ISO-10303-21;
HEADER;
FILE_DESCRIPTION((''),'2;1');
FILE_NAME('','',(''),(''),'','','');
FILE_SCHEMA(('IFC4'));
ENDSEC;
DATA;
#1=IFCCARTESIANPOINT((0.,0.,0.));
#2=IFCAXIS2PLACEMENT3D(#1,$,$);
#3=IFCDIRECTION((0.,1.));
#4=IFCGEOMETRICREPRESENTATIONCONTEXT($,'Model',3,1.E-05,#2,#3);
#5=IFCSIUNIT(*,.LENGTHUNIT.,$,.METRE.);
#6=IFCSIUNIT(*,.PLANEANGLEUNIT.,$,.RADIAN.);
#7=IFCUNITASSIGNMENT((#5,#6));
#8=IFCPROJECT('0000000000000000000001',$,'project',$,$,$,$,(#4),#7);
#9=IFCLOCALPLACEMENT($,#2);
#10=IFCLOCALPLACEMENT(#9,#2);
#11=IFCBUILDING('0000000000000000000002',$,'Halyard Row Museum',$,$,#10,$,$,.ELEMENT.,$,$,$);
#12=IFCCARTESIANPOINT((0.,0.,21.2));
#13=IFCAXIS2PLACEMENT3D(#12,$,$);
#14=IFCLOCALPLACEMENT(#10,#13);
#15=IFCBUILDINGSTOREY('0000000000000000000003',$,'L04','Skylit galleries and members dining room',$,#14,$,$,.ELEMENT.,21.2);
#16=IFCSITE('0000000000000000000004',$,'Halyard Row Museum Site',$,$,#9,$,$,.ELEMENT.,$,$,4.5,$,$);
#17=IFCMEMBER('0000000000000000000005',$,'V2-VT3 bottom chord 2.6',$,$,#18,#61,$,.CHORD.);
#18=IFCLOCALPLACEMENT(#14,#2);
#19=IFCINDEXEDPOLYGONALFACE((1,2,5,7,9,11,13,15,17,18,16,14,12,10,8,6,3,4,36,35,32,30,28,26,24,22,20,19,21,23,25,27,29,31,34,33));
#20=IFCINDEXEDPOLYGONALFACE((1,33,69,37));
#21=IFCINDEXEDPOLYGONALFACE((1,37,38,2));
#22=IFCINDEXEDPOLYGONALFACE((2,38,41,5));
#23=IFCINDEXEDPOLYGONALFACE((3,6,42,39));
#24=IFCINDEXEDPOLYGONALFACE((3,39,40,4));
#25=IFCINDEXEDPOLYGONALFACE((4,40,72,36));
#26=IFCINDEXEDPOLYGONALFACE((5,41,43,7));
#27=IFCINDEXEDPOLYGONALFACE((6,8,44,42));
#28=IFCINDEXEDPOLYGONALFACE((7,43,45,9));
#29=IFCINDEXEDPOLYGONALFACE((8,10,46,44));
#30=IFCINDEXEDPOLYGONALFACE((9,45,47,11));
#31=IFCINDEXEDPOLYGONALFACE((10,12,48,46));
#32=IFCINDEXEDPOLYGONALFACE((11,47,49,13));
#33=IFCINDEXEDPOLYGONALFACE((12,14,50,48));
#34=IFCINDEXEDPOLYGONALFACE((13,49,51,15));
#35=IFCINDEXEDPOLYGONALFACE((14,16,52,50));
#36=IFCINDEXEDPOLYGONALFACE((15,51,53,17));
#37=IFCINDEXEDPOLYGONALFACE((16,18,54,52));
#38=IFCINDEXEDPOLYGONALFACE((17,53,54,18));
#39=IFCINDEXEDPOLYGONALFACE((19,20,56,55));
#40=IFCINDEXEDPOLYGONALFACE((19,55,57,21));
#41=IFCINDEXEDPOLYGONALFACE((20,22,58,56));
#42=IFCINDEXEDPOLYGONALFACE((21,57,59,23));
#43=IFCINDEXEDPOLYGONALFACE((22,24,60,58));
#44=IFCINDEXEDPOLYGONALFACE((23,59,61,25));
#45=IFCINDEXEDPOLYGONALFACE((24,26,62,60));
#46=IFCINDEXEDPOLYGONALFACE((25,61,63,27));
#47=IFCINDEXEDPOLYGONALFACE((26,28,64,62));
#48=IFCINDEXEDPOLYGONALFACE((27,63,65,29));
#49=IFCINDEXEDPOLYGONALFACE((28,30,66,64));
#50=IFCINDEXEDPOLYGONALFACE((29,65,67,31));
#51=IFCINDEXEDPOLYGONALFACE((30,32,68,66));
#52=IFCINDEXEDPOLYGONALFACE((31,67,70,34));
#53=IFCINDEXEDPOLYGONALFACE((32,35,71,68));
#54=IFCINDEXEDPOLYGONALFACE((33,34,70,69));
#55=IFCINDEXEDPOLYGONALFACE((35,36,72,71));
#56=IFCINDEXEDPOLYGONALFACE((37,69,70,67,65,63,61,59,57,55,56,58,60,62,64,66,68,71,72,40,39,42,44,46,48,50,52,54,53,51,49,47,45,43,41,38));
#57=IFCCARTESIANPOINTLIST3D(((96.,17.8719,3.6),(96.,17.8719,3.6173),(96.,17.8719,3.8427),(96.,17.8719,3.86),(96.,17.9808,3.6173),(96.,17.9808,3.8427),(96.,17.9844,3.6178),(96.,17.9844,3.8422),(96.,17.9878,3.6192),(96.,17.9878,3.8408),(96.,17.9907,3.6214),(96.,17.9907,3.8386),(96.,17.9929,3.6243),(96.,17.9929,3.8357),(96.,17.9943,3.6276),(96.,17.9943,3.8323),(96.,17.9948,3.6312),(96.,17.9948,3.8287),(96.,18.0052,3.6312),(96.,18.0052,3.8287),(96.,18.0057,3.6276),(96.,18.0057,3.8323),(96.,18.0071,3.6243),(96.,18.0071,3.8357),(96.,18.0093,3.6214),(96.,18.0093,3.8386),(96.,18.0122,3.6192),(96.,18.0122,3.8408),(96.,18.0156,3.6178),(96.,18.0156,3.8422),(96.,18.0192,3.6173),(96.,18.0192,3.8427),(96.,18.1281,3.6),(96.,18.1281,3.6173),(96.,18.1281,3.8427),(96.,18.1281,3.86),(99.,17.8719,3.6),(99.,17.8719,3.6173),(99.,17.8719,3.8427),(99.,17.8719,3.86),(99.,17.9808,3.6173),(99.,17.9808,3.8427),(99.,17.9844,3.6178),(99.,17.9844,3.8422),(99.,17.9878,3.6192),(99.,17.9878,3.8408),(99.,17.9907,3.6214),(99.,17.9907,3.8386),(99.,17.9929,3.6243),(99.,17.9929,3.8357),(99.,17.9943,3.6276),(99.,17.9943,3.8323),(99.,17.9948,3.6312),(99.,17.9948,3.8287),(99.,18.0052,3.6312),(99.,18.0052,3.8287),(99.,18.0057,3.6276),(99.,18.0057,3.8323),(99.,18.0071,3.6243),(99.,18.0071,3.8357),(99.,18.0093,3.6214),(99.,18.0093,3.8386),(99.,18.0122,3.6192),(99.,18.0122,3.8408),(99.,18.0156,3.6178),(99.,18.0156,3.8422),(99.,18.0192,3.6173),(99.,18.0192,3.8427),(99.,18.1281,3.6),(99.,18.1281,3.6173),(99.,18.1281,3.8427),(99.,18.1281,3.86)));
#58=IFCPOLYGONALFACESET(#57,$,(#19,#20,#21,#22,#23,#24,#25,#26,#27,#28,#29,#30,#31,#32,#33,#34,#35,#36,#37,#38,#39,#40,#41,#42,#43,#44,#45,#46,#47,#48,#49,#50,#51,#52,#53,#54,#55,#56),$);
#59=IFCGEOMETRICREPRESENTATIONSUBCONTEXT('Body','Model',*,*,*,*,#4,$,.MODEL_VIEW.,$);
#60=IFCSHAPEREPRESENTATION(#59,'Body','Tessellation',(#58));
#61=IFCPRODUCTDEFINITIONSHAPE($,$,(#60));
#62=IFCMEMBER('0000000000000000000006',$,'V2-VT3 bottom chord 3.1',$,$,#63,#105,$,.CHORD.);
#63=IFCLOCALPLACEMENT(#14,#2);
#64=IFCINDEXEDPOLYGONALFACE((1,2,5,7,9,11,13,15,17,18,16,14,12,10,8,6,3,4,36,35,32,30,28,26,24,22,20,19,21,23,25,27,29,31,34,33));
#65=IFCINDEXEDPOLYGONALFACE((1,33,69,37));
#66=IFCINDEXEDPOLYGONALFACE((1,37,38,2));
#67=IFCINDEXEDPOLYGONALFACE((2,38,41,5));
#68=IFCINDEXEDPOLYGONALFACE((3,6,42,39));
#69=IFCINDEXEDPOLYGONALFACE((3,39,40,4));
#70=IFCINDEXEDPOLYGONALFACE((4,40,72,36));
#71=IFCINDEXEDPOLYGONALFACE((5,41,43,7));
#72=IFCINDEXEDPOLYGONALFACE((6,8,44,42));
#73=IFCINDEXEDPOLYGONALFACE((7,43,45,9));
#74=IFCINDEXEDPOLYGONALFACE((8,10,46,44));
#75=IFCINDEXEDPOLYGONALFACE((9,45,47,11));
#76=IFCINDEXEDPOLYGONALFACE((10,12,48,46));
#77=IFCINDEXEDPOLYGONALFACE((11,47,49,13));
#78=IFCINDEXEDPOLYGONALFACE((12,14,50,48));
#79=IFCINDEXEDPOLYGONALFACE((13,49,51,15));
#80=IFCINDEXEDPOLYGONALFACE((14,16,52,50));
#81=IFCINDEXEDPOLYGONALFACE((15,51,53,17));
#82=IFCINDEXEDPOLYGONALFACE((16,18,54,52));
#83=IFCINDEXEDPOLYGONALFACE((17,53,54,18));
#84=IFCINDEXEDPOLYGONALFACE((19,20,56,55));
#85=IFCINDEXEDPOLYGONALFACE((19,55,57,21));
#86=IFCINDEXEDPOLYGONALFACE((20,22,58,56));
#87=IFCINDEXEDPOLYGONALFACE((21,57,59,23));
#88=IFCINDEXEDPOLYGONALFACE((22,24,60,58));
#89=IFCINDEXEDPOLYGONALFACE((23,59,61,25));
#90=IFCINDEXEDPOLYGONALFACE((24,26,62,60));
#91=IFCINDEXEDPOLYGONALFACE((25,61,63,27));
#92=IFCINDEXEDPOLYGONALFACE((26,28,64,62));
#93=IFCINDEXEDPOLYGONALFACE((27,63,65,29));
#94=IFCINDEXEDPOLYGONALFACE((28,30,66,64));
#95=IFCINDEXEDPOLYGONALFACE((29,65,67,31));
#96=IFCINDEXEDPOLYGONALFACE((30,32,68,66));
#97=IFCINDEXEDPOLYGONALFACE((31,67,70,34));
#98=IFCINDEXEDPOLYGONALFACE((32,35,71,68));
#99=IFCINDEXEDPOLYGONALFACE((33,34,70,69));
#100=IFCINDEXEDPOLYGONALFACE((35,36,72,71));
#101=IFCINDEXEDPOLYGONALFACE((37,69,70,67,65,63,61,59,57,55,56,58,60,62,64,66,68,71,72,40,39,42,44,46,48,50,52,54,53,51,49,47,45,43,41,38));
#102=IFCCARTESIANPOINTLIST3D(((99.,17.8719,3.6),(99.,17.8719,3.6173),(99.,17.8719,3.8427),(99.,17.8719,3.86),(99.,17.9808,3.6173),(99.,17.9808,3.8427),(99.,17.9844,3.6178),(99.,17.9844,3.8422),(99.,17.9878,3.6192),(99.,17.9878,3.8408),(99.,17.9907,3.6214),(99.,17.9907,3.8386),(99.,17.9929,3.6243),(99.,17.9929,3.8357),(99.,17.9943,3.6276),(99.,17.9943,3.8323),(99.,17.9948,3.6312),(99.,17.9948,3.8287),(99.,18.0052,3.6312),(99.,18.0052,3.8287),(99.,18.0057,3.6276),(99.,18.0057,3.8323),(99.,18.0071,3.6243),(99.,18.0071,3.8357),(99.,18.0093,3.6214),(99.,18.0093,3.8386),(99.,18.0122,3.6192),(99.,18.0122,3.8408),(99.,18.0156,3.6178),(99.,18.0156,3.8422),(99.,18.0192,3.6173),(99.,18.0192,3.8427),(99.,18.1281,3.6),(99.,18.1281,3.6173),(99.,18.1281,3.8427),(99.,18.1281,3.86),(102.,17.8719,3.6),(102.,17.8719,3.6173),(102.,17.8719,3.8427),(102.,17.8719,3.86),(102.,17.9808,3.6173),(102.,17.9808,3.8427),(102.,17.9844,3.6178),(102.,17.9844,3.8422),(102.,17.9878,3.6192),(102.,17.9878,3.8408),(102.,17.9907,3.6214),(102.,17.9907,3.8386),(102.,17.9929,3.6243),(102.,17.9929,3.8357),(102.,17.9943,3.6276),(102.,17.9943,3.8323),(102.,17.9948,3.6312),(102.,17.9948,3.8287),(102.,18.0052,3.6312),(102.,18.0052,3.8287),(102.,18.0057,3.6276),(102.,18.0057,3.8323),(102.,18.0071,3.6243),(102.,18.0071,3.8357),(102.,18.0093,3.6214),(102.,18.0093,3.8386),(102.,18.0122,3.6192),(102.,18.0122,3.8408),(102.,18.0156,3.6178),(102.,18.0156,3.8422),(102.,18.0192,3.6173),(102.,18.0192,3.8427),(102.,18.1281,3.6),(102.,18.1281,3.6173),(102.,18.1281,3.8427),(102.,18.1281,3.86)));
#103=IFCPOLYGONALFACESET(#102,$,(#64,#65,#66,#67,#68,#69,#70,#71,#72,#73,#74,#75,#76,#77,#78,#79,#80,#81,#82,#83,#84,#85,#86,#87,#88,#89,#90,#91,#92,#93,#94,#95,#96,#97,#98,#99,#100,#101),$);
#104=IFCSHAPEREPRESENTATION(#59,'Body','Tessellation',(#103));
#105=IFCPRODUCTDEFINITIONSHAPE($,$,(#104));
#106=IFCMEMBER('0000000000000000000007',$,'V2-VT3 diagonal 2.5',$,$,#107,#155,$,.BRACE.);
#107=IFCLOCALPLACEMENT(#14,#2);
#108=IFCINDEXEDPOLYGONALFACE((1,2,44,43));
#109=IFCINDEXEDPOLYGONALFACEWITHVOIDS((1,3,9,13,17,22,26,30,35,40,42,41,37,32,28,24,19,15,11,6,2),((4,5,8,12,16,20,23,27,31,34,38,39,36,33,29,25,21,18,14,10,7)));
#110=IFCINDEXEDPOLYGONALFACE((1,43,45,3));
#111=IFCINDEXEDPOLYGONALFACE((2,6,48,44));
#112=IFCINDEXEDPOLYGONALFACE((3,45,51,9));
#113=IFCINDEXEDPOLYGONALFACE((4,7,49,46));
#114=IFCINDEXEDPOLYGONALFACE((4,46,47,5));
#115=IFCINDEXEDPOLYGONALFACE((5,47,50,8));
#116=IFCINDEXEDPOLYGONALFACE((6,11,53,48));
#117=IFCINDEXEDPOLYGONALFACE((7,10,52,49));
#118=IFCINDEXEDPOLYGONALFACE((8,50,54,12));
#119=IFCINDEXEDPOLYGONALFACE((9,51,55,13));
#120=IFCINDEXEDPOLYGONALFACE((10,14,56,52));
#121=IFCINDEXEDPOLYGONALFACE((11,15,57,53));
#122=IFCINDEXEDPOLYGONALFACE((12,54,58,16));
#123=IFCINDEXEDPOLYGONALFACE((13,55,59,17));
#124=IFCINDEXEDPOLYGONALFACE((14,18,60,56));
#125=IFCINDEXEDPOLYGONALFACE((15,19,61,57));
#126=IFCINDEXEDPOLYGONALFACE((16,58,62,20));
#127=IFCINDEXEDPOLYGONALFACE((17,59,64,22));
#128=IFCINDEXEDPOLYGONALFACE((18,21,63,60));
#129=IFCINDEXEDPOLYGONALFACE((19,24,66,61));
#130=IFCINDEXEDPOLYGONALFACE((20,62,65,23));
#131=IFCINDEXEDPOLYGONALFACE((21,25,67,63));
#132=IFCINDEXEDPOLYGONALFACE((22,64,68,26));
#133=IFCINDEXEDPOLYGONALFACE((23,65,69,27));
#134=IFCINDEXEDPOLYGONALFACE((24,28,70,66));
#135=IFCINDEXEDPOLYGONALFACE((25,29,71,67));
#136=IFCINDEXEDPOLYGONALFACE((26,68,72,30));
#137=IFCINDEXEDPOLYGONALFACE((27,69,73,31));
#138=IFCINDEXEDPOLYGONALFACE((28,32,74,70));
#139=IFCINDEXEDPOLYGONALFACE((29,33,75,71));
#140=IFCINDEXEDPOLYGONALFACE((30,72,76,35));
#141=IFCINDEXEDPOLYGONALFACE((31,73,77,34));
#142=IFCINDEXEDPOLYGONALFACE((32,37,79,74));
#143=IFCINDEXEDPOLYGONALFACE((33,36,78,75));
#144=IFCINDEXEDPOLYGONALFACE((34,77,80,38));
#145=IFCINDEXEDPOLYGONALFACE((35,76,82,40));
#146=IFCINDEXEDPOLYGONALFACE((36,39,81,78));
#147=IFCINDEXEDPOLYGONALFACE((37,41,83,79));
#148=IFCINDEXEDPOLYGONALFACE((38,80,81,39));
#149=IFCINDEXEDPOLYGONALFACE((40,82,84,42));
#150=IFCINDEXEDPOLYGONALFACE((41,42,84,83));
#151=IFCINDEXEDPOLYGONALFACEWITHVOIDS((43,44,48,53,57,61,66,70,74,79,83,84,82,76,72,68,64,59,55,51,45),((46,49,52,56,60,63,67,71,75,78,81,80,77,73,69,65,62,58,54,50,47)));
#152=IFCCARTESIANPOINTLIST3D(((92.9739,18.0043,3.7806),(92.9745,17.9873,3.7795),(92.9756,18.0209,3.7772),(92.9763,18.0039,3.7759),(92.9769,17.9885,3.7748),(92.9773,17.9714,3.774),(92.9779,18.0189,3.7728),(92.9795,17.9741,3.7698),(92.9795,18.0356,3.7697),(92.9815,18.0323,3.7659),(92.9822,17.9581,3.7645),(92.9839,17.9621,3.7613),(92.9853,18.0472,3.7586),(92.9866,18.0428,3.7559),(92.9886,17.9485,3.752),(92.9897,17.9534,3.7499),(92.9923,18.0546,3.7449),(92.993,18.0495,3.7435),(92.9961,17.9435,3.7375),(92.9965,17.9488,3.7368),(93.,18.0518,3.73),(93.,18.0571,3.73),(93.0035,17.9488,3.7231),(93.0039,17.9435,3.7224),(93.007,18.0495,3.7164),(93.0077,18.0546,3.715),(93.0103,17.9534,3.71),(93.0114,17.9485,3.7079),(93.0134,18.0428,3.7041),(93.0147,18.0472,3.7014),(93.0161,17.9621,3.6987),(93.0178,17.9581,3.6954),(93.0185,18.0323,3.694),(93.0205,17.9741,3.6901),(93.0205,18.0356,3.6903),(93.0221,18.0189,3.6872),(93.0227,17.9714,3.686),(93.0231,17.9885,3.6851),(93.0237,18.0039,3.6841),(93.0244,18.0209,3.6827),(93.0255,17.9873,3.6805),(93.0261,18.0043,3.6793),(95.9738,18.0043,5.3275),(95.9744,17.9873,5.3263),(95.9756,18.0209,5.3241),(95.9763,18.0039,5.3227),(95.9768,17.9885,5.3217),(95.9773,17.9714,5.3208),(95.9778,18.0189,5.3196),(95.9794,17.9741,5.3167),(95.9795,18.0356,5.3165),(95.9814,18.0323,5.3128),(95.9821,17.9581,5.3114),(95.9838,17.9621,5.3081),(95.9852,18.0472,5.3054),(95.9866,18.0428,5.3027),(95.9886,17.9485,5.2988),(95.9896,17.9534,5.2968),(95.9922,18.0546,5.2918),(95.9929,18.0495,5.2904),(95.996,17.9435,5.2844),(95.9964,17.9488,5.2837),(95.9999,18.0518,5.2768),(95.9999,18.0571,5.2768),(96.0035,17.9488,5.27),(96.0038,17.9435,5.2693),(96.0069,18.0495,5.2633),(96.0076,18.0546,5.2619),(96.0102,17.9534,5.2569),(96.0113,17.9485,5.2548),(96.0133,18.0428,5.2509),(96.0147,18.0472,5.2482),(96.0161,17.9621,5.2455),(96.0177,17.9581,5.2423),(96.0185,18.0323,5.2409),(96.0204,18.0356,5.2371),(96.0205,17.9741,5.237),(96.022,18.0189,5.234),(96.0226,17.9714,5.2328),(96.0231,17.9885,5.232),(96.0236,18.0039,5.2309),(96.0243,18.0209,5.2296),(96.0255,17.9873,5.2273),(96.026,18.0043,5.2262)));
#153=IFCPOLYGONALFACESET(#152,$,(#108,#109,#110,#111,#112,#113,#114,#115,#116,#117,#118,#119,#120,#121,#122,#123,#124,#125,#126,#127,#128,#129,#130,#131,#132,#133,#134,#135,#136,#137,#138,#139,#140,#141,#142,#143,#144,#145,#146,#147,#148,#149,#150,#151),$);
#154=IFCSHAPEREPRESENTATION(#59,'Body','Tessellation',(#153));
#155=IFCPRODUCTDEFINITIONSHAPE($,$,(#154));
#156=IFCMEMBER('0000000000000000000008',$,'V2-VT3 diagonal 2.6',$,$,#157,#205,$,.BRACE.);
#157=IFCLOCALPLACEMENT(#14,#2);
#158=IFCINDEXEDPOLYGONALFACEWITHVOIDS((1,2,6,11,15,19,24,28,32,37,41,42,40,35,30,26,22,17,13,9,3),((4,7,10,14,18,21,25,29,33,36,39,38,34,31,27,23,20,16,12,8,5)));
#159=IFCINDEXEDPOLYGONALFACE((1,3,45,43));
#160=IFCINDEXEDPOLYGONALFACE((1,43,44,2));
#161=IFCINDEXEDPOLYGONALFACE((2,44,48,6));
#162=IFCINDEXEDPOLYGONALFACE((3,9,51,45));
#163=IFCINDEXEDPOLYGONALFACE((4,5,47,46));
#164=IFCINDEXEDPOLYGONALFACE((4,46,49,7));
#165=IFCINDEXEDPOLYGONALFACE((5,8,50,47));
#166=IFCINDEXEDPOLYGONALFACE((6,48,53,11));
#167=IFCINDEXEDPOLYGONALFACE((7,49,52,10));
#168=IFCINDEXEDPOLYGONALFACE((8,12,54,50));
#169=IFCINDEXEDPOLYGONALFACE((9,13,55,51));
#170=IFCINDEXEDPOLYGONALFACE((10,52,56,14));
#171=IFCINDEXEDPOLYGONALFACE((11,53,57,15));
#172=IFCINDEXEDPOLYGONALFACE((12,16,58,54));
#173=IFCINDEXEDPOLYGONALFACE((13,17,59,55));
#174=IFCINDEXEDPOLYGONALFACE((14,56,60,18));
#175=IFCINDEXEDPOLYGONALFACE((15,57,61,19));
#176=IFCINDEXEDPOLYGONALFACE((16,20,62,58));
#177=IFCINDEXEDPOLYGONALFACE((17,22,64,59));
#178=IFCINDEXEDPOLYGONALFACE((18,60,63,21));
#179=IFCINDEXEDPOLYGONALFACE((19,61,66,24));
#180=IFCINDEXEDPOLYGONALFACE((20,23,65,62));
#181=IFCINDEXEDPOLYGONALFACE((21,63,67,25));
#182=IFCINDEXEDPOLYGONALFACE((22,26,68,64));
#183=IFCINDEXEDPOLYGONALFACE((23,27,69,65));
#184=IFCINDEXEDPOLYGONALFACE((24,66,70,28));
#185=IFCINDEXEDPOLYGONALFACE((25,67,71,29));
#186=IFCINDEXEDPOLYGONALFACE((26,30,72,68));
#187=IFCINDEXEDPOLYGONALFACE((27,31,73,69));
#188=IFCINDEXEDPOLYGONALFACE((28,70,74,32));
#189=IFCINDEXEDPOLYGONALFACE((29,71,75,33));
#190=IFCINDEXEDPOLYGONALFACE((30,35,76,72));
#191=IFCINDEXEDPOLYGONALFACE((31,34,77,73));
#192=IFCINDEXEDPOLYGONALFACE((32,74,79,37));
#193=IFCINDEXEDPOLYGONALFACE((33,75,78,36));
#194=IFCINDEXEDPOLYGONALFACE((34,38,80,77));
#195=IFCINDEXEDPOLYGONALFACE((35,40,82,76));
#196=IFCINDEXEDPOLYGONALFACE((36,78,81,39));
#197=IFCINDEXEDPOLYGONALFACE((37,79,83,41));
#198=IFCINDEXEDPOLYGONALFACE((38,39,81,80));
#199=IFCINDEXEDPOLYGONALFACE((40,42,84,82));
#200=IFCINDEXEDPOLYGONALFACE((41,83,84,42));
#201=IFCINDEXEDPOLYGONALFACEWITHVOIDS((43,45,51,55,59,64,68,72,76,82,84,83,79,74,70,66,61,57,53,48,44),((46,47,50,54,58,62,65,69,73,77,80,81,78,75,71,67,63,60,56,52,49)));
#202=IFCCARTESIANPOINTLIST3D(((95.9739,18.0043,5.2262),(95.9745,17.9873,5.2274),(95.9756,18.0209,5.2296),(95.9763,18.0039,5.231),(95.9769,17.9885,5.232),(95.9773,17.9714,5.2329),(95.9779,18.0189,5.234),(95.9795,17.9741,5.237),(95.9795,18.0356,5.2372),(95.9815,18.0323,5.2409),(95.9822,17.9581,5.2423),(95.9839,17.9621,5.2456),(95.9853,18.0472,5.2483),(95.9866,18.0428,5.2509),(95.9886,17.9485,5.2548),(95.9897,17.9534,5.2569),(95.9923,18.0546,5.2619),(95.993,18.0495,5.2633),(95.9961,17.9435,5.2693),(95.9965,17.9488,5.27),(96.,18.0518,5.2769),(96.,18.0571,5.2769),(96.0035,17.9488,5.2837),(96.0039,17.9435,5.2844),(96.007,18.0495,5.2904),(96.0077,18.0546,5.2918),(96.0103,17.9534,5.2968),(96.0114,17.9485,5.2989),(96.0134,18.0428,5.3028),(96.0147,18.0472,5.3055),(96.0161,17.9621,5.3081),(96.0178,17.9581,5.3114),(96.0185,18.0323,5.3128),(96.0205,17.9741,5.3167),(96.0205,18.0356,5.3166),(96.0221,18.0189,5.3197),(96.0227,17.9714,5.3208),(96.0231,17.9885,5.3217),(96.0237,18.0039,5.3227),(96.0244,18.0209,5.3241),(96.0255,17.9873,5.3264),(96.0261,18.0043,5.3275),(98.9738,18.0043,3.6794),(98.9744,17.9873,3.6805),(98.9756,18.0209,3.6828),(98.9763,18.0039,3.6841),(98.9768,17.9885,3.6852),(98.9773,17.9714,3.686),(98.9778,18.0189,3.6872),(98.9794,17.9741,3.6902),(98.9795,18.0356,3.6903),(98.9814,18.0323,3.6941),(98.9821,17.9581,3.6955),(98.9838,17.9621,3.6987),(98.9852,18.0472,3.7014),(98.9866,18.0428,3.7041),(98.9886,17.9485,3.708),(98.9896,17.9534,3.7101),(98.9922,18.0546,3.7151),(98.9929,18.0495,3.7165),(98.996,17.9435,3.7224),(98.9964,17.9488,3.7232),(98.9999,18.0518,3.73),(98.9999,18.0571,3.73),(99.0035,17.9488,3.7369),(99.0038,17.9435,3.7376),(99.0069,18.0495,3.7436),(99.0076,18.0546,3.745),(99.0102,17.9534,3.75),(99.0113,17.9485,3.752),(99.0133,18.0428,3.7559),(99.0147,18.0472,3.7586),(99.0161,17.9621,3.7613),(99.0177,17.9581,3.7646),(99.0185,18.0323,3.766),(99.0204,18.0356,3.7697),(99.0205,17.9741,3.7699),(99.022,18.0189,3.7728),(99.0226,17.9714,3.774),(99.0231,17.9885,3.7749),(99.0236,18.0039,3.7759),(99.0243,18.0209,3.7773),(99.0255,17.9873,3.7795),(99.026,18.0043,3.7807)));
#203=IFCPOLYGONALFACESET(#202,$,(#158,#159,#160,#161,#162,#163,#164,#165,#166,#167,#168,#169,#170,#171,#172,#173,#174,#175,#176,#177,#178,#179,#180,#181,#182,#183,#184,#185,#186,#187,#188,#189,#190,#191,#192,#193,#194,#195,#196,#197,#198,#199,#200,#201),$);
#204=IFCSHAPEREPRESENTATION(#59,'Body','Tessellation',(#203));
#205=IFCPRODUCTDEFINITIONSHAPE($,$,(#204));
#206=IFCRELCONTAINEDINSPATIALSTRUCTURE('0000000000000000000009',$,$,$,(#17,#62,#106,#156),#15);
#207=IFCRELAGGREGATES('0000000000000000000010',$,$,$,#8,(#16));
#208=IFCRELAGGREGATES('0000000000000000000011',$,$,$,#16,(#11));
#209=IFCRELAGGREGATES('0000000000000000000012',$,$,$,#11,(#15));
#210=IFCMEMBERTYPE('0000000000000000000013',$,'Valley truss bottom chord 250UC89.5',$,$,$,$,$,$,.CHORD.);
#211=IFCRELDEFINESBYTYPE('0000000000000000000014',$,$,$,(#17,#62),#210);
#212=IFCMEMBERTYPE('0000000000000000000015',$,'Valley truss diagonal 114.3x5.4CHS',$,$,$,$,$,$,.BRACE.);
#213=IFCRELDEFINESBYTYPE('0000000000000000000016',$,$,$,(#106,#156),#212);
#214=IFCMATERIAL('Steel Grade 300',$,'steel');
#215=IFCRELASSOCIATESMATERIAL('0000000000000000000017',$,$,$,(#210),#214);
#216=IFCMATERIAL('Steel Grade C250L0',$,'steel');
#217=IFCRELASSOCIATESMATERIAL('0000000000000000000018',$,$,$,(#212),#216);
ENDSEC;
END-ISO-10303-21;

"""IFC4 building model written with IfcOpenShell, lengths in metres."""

from ifc_helpers import new_model, si_unit, direction, frame, origin, origin_2d, place, context, subcontext, project, spatial, hollow_circle, i_section, extrude, material, material_profile, profile_set, type_object, element, save


model = new_model("IFC4")

# Units and contexts
model_context = context("Model", 3, precision=1e-05, world=origin(), true_north=direction((0.0, 1.0)))
body_context = subcontext(model_context, "Body", "Model", "MODEL_VIEW")
ifc_project = project(units=[si_unit("LENGTHUNIT", "METRE"), si_unit("PLANEANGLEUNIT", "RADIAN")], contexts=[model_context])

# Site, building, storey
site_placement = place(None, origin())
site = spatial("IfcSite", under=ifc_project, at=site_placement, Name="Halyard Row Museum Site", CompositionType="ELEMENT", RefElevation=4.5)
building_placement = place(site_placement, origin())
building = spatial("IfcBuilding", under=site, at=building_placement, Name="Halyard Row Museum", CompositionType="ELEMENT")
storey_placement = place(building_placement, frame((0.0, 0.0, 21.2)))
storey = spatial("IfcBuildingStorey", under=building, at=storey_placement, Name="L04", Description="Skylit galleries and members dining room", CompositionType="ELEMENT", Elevation=21.2)

# Members
ifc_material_1 = material(Name="Steel Grade 300", Category="steel")
ifc_material_profile_1 = material_profile(ifc_material_1, i_section(OverallWidth=0.2561, OverallDepth=0.26, WebThickness=0.0105, FlangeThickness=0.0173, FilletRadius=0.0139, at=origin_2d()), Name="250UC89.5")
ifc_profile_set_1 = profile_set([ifc_material_profile_1], Name="Steel Grade 300")
member_type_1 = type_object("IfcMemberType", Name="Valley truss bottom chord 250UC89.5", PredefinedType="CHORD", material=ifc_profile_set_1)
for number, where, z_axis, x_axis, name in (
    (1, (96.0, 18.0, 3.73), (1.0, 0.0, 0.0), (0.0, 1.0, 0.0), "V2-VT3 bottom chord 2.6"),
    (2, (99.0, 18.0, 3.73), (1.0, 0.0, 0.0), (0.0, 1.0, 0.0), "V2-VT3 bottom chord 3.1"),
):
    element("IfcMember", number, at=place(storey_placement, frame(where, z_axis=z_axis, x_axis=x_axis)), inside=storey, type_object=member_type_1, Name=name, PredefinedType="CHORD", context=body_context, shape_type="SweptSolid", body=[
        extrude(i_section(OverallWidth=0.2561, OverallDepth=0.26, WebThickness=0.0105, FlangeThickness=0.0173, FilletRadius=0.0139, at=origin_2d()), origin(), (0.0, 0.0, 1.0), 3.0),
    ])
ifc_material_2 = material(Name="Steel Grade C250L0", Category="steel")
ifc_material_profile_2 = material_profile(ifc_material_2, hollow_circle(Radius=0.0571, WallThickness=0.0054, at=origin_2d()), Name="114.3x5.4CHS")
ifc_profile_set_2 = profile_set([ifc_material_profile_2], Name="Steel Grade C250L0")
member_type_2 = type_object("IfcMemberType", Name="Valley truss diagonal 114.3x5.4CHS", PredefinedType="BRACE", material=ifc_profile_set_2)
for number, where, z_axis, x_axis, name in (
    (3, (93.0, 18.0, 3.73), (0.888803, 0.0, 0.458289), (0.0, 1.0, 0.0), "V2-VT3 diagonal 2.5"),
    (4, (96.0, 18.0, 5.2769), (0.888803, 0.0, -0.458289), (0.0, 1.0, 0.0), "V2-VT3 diagonal 2.6"),
):
    element("IfcMember", number, at=place(storey_placement, frame(where, z_axis=z_axis, x_axis=x_axis)), inside=storey, type_object=member_type_2, Name=name, PredefinedType="BRACE", context=body_context, shape_type="SweptSolid", body=[
        extrude(hollow_circle(Radius=0.0571, WallThickness=0.0054, at=origin_2d()), origin(), (0.0, 0.0, 1.0), 3.3752),
    ])

save(model, "model.ifc")
